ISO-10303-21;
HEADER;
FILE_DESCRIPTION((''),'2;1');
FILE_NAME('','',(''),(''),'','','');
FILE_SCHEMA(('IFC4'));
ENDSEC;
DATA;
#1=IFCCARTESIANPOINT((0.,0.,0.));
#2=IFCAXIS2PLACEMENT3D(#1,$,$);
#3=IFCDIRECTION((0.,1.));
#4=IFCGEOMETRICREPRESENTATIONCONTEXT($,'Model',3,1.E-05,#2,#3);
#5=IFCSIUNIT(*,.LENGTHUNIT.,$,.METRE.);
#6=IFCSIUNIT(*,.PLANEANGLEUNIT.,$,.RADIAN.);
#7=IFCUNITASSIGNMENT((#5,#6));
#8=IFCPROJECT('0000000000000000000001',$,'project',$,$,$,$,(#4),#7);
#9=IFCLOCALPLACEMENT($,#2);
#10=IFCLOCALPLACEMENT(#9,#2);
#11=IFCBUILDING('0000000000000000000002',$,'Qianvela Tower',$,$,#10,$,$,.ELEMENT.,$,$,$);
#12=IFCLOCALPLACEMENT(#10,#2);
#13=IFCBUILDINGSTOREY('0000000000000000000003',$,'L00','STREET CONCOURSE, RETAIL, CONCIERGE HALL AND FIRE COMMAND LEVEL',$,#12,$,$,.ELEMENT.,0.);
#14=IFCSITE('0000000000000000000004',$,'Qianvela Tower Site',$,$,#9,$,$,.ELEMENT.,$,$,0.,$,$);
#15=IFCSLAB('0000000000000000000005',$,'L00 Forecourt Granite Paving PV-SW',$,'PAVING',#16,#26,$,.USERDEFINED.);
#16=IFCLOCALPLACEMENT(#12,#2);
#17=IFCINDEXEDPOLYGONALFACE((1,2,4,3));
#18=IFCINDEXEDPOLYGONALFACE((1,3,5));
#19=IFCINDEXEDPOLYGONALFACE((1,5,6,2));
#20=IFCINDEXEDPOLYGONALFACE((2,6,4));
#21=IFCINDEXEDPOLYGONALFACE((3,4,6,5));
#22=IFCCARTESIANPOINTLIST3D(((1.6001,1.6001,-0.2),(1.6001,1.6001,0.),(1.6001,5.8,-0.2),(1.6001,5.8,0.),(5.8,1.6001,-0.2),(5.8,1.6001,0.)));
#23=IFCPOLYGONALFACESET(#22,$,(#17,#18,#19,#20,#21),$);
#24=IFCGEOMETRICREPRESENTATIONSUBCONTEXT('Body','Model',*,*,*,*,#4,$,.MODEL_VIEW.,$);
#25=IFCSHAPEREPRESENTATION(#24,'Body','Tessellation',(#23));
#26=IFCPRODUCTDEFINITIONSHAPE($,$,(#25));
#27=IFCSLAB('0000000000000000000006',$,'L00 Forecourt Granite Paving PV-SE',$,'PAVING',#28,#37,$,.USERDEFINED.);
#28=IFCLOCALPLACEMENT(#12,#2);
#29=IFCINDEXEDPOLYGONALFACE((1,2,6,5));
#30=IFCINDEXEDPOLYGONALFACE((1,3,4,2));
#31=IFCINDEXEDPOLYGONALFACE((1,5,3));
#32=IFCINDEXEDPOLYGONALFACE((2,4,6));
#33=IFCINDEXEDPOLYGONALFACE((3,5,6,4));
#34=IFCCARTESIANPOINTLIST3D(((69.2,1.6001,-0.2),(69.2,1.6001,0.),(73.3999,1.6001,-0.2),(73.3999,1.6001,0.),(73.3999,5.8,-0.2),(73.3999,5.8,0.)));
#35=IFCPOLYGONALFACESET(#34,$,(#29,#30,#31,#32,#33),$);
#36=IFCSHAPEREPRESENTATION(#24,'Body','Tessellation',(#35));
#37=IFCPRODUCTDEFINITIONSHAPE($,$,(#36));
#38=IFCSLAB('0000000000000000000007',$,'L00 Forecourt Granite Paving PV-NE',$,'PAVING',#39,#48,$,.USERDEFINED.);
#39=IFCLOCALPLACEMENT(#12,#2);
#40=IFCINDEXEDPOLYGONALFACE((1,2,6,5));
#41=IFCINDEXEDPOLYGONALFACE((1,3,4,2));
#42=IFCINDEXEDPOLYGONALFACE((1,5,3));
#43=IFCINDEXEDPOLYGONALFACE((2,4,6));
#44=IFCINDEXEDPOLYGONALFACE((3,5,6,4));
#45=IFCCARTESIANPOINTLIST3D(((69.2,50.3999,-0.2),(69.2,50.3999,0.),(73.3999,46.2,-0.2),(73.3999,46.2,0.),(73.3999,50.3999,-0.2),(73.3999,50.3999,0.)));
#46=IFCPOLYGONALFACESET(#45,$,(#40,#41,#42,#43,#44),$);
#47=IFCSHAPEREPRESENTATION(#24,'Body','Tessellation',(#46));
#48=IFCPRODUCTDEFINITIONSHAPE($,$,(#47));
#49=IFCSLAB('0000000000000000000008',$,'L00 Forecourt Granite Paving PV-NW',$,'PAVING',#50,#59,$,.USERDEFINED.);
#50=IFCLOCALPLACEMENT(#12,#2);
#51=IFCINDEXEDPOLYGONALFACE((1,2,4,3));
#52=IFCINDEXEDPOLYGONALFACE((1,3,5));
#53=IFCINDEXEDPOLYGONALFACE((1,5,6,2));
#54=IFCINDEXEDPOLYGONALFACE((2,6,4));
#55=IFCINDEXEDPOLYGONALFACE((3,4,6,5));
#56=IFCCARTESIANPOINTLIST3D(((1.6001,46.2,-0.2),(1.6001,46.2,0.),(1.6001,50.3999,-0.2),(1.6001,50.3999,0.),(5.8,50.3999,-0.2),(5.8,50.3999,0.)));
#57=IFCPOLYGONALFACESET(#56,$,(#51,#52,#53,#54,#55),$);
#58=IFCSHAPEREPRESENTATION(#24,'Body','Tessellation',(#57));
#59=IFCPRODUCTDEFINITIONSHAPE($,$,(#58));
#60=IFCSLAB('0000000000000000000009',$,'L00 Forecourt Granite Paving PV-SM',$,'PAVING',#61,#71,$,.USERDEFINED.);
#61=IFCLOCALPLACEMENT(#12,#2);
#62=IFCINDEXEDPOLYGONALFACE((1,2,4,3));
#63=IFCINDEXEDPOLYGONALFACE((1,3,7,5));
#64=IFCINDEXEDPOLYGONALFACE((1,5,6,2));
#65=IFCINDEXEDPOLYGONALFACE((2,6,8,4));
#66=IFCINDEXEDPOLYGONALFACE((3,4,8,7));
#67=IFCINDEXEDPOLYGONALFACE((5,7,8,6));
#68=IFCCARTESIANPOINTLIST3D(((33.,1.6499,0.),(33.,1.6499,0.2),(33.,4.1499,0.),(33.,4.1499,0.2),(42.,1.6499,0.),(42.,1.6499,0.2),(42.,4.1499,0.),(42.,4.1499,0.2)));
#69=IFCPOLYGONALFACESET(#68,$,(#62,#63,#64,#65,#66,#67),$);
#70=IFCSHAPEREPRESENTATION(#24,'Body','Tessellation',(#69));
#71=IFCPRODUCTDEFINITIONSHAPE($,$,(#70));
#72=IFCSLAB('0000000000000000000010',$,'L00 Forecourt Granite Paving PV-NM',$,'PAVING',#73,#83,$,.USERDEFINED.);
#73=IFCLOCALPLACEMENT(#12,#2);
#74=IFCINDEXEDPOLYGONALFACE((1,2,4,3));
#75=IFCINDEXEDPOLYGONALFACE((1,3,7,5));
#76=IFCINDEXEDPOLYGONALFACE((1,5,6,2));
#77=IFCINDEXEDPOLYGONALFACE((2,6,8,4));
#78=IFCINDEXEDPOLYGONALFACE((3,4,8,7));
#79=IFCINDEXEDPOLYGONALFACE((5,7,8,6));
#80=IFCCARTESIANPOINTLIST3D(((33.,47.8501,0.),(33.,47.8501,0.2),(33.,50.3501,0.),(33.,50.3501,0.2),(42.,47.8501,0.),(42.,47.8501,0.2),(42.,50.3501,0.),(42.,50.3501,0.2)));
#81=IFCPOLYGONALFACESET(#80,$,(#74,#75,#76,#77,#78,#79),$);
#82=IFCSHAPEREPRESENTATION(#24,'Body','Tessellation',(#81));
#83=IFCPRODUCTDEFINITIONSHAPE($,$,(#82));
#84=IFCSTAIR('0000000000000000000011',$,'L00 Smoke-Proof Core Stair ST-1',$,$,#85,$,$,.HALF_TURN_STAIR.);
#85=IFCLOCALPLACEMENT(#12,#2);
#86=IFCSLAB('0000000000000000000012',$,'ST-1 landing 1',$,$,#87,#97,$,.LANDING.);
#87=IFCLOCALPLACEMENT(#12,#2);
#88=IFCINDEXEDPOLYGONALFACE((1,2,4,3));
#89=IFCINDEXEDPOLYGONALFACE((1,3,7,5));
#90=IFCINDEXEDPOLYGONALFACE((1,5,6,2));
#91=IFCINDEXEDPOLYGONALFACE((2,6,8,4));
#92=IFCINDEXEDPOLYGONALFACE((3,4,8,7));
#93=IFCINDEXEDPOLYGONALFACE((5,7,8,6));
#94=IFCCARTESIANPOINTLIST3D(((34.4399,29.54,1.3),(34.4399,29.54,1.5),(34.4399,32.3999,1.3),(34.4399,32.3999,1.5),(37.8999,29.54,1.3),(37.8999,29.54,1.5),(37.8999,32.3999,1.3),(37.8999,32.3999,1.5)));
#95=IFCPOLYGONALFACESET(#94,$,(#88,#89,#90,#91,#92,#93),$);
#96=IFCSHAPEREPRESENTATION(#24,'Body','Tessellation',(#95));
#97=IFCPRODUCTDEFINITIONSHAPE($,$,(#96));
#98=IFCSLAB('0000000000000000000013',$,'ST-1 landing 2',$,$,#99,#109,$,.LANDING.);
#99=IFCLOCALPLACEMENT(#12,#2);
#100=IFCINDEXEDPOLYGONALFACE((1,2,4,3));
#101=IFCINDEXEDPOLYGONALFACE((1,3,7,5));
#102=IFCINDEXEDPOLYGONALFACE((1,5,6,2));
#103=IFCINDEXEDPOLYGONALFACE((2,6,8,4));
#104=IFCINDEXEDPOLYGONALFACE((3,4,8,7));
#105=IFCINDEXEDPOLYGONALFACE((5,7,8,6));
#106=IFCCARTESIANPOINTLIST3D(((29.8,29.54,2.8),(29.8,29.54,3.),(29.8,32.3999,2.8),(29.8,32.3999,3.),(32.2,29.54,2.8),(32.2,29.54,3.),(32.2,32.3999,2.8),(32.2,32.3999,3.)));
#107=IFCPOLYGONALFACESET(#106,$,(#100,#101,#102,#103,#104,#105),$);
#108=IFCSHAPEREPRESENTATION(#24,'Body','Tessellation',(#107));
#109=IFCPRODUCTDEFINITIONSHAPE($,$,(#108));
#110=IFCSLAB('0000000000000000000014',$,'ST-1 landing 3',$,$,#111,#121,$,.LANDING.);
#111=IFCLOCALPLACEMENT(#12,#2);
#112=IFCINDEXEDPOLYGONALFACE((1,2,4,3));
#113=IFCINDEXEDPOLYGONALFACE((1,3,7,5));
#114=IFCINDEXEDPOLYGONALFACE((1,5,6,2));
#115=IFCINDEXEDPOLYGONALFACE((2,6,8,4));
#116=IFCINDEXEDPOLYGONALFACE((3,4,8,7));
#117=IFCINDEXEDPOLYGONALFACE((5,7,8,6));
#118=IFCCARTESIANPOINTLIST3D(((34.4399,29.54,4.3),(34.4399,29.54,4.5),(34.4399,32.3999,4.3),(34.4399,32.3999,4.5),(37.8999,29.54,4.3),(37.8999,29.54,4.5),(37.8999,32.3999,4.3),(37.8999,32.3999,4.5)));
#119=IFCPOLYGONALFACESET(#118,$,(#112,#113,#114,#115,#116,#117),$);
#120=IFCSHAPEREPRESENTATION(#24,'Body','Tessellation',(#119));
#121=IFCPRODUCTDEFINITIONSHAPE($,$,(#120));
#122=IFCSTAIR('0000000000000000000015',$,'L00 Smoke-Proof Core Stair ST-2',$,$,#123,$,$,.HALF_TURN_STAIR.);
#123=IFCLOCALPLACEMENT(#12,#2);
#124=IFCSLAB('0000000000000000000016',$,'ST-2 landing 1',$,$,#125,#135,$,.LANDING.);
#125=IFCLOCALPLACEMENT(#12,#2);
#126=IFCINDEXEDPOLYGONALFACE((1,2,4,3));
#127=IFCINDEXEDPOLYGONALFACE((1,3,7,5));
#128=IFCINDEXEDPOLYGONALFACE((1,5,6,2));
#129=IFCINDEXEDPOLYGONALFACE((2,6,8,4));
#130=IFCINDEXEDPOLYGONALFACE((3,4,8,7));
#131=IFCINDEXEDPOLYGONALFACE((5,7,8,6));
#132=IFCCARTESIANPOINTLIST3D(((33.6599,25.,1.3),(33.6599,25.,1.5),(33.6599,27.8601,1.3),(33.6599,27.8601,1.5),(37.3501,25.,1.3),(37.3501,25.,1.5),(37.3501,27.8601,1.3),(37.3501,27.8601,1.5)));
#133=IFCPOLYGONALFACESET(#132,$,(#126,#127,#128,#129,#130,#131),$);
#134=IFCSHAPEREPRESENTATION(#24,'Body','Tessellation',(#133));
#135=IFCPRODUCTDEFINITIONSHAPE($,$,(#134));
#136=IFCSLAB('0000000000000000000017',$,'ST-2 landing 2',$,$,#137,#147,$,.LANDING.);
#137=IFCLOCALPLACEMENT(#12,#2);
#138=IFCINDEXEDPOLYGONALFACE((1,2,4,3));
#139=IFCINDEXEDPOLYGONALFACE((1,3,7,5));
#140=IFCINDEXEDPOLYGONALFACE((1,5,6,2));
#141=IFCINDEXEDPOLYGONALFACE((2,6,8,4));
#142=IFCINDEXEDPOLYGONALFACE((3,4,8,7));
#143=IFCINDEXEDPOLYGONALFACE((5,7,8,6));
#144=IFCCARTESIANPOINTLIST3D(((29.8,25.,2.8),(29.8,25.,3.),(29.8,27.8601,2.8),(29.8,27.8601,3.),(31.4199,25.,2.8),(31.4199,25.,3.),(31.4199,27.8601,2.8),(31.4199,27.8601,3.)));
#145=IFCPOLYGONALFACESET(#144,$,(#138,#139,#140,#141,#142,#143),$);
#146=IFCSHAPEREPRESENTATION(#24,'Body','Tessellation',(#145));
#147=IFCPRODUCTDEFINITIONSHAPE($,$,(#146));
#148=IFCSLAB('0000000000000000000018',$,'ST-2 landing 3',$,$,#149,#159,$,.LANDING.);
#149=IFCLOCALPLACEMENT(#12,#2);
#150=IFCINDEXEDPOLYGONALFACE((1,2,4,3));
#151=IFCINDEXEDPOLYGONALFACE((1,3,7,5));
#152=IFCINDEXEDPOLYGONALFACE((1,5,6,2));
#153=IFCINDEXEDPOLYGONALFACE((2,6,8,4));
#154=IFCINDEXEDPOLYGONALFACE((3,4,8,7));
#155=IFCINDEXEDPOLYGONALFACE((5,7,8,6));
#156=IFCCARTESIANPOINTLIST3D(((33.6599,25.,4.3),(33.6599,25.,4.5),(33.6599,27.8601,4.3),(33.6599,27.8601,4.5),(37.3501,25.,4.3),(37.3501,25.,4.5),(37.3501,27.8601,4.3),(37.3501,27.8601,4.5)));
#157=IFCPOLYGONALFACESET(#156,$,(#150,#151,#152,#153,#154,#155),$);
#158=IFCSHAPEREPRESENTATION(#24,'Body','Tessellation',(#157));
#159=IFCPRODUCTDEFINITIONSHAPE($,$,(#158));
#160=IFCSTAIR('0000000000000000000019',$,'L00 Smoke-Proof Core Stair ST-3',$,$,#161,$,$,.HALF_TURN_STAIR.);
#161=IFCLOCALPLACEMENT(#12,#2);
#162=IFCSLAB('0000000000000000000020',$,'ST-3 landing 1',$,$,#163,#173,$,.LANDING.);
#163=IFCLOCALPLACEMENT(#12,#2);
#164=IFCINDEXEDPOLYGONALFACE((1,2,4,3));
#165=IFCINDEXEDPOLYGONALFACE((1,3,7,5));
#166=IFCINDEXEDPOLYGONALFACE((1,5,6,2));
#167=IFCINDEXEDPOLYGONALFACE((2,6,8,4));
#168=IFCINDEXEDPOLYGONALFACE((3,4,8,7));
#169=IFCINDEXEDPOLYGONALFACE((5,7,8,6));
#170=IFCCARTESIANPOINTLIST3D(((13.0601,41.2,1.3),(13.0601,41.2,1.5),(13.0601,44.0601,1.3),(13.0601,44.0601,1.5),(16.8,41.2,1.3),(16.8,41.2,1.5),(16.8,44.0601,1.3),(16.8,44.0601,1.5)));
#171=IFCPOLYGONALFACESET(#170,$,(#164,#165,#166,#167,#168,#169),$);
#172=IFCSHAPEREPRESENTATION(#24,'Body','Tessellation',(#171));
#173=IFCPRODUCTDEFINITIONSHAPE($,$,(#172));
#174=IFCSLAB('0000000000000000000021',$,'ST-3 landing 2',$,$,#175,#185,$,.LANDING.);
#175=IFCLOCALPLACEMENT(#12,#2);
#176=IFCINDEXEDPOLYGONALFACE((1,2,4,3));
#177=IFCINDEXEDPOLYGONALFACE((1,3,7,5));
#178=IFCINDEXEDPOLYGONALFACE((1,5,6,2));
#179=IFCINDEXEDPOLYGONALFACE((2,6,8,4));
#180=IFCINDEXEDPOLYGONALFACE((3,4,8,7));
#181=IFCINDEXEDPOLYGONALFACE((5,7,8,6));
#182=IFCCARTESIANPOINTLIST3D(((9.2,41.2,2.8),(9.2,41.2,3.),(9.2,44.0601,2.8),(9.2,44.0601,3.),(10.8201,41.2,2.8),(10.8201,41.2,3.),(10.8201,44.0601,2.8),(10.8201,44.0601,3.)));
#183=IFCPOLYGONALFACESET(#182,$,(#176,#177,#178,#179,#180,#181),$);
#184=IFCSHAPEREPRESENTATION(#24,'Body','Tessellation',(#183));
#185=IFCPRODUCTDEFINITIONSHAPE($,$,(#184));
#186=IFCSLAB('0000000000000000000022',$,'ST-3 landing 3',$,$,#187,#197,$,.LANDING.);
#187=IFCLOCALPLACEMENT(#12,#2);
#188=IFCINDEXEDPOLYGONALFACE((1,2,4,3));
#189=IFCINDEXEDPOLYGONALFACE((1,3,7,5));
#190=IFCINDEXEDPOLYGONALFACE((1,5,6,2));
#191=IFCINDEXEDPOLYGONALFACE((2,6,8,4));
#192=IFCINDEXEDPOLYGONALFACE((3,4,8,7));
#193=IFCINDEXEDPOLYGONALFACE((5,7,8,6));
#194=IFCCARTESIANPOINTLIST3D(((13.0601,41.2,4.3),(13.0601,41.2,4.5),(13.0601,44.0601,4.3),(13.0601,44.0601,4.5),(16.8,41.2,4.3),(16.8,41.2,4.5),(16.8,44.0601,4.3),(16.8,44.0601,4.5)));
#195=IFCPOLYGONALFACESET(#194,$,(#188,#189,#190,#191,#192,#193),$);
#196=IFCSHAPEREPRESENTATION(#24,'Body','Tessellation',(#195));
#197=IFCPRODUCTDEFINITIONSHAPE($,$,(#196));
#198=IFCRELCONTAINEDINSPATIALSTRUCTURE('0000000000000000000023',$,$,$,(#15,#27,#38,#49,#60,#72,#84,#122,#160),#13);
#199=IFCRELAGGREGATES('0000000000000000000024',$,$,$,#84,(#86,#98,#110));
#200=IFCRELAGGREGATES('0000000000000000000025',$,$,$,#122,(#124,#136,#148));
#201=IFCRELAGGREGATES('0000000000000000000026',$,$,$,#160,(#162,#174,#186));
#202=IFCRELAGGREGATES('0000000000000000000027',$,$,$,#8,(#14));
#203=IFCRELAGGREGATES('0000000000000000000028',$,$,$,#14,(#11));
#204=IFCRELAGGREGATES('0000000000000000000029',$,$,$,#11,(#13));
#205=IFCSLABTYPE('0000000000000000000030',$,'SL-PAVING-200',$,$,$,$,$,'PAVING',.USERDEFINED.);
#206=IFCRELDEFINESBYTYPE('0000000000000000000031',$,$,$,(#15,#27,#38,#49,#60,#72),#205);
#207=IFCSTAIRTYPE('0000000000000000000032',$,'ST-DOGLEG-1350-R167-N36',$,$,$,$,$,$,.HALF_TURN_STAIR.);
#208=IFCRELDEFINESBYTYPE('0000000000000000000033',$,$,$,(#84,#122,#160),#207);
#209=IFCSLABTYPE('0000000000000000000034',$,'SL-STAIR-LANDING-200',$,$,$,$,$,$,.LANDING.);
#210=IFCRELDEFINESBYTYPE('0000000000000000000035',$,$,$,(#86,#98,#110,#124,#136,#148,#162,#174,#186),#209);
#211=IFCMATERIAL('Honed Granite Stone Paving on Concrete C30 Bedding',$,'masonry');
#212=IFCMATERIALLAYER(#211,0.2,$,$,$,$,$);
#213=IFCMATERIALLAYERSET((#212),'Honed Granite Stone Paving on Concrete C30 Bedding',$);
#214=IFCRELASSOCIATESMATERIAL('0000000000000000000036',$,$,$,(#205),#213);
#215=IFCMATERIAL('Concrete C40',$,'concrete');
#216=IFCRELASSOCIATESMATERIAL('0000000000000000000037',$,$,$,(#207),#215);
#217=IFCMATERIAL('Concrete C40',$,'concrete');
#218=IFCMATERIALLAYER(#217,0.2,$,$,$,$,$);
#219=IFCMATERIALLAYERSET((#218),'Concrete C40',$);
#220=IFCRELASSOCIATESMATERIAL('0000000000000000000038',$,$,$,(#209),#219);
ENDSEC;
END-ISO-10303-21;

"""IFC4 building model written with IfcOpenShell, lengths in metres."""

from ifc_helpers import new_model, si_unit, direction, frame, origin, place, context, subcontext, project, spatial, polyline, outline, extrude, material, layer, layer_set, type_object, element, aggregate, save


model = new_model("IFC4")

# Units and contexts
model_context = context("Model", 3, precision=1e-05, world=origin(), true_north=direction((0.0, 1.0)))
body_context = subcontext(model_context, "Body", "Model", "MODEL_VIEW")
ifc_project = project(units=[si_unit("LENGTHUNIT", "METRE"), si_unit("PLANEANGLEUNIT", "RADIAN")], contexts=[model_context])

# Site, building, storey
site_placement = place(None, origin())
site = spatial("IfcSite", under=ifc_project, at=site_placement, Name="Qianvela Tower Site", CompositionType="ELEMENT", RefElevation=0.0)
building_placement = place(site_placement, origin())
building = spatial("IfcBuilding", under=site, at=building_placement, Name="Qianvela Tower", CompositionType="ELEMENT")
storey_placement = place(building_placement, origin())
storey = spatial("IfcBuildingStorey", under=building, at=storey_placement, Name="L00", Description="STREET CONCOURSE, RETAIL, CONCIERGE HALL AND FIRE COMMAND LEVEL", CompositionType="ELEMENT", Elevation=0.0)

# Slabs
ifc_material_1 = material(Name="Honed Granite Stone Paving on Concrete C30 Bedding", Category="masonry")
ifc_layer_1 = layer(ifc_material_1, 0.2)
ifc_layer_set_1 = layer_set([ifc_layer_1], Name="Honed Granite Stone Paving on Concrete C30 Bedding")
slab_type_1 = type_object("IfcSlabType", Name="SL-PAVING-200", ElementType="PAVING", PredefinedType="USERDEFINED", material=ifc_layer_set_1)
slab_1_placement = place(storey_placement, frame((0.0, 0.0, -0.2)))
element("IfcSlab", 1, at=slab_1_placement, inside=storey, type_object=slab_type_1, Name="L00 Forecourt Granite Paving PV-SW", ObjectType="PAVING", PredefinedType="USERDEFINED", context=body_context, shape_type="SweptSolid", body=[
    extrude(outline(polyline([(1.6001, 1.6001), (5.8, 1.6001), (1.6001, 5.8), (1.6001, 1.6001)])), origin(), (0.0, 0.0, 1.0), 0.2),
])
slab_2_placement = place(storey_placement, frame((0.0, 0.0, -0.2)))
element("IfcSlab", 2, at=slab_2_placement, inside=storey, type_object=slab_type_1, Name="L00 Forecourt Granite Paving PV-SE", ObjectType="PAVING", PredefinedType="USERDEFINED", context=body_context, shape_type="SweptSolid", body=[
    extrude(outline(polyline([(69.2, 1.6001), (73.3999, 1.6001), (73.3999, 5.8), (69.2, 1.6001)])), origin(), (0.0, 0.0, 1.0), 0.2),
])
slab_3_placement = place(storey_placement, frame((0.0, 0.0, -0.2)))
element("IfcSlab", 3, at=slab_3_placement, inside=storey, type_object=slab_type_1, Name="L00 Forecourt Granite Paving PV-NE", ObjectType="PAVING", PredefinedType="USERDEFINED", context=body_context, shape_type="SweptSolid", body=[
    extrude(outline(polyline([(69.2, 50.3999), (73.3999, 46.2), (73.3999, 50.3999), (69.2, 50.3999)])), origin(), (0.0, 0.0, 1.0), 0.2),
])
slab_4_placement = place(storey_placement, frame((0.0, 0.0, -0.2)))
element("IfcSlab", 4, at=slab_4_placement, inside=storey, type_object=slab_type_1, Name="L00 Forecourt Granite Paving PV-NW", ObjectType="PAVING", PredefinedType="USERDEFINED", context=body_context, shape_type="SweptSolid", body=[
    extrude(outline(polyline([(1.6001, 46.2), (5.8, 50.3999), (1.6001, 50.3999), (1.6001, 46.2)])), origin(), (0.0, 0.0, 1.0), 0.2),
])
slab_5_placement = place(storey_placement, origin())
element("IfcSlab", 5, at=slab_5_placement, inside=storey, type_object=slab_type_1, Name="L00 Forecourt Granite Paving PV-SM", ObjectType="PAVING", PredefinedType="USERDEFINED", context=body_context, shape_type="SweptSolid", body=[
    extrude(outline(polyline([(33.0, 1.6499), (42.0, 1.6499), (42.0, 4.1499), (33.0, 4.1499), (33.0, 1.6499)])), origin(), (0.0, 0.0, 1.0), 0.2),
])
slab_6_placement = place(storey_placement, origin())
element("IfcSlab", 6, at=slab_6_placement, inside=storey, type_object=slab_type_1, Name="L00 Forecourt Granite Paving PV-NM", ObjectType="PAVING", PredefinedType="USERDEFINED", context=body_context, shape_type="SweptSolid", body=[
    extrude(outline(polyline([(33.0, 47.8501), (42.0, 47.8501), (42.0, 50.3501), (33.0, 50.3501), (33.0, 47.8501)])), origin(), (0.0, 0.0, 1.0), 0.2),
])

# Stairs, slabs
ifc_material_2 = material(Name="Concrete C40", Category="concrete")
stair_type = type_object("IfcStairType", Name="ST-DOGLEG-1350-R167-N36", PredefinedType="HALF_TURN_STAIR", material=ifc_material_2)
stair_1_placement = place(storey_placement, origin())
stair_1 = element("IfcStair", 7, at=stair_1_placement, inside=storey, type_object=stair_type, Name="L00 Smoke-Proof Core Stair ST-1", PredefinedType="HALF_TURN_STAIR")
ifc_material_3 = material(Name="Concrete C40", Category="concrete")
ifc_layer_2 = layer(ifc_material_3, 0.2)
ifc_layer_set_2 = layer_set([ifc_layer_2], Name="Concrete C40")
slab_type_2 = type_object("IfcSlabType", Name="SL-STAIR-LANDING-200", PredefinedType="LANDING", material=ifc_layer_set_2)
slab_7_placement = place(storey_placement, frame((0.0, 0.0, 1.3)))
slab_7 = element("IfcSlab", 8, at=slab_7_placement, type_object=slab_type_2, Name="ST-1 landing 1", PredefinedType="LANDING", context=body_context, shape_type="SweptSolid", body=[
    extrude(outline(polyline([(34.4399, 29.54), (37.8999, 29.54), (37.8999, 32.3999), (34.4399, 32.3999), (34.4399, 29.54)])), origin(), (0.0, 0.0, 1.0), 0.2),
])
slab_8_placement = place(storey_placement, frame((0.0, 0.0, 2.8)))
slab_8 = element("IfcSlab", 9, at=slab_8_placement, type_object=slab_type_2, Name="ST-1 landing 2", PredefinedType="LANDING", context=body_context, shape_type="SweptSolid", body=[
    extrude(outline(polyline([(29.8, 29.54), (32.2, 29.54), (32.2, 32.3999), (29.8, 32.3999), (29.8, 29.54)])), origin(), (0.0, 0.0, 1.0), 0.2),
])
slab_9_placement = place(storey_placement, frame((0.0, 0.0, 4.3)))
slab_9 = element("IfcSlab", 10, at=slab_9_placement, type_object=slab_type_2, Name="ST-1 landing 3", PredefinedType="LANDING", context=body_context, shape_type="SweptSolid", body=[
    extrude(outline(polyline([(34.4399, 29.54), (37.8999, 29.54), (37.8999, 32.3999), (34.4399, 32.3999), (34.4399, 29.54)])), origin(), (0.0, 0.0, 1.0), 0.2),
])
aggregate(stair_1, [slab_7, slab_8, slab_9])
stair_2_placement = place(storey_placement, origin())
stair_2 = element("IfcStair", 11, at=stair_2_placement, inside=storey, type_object=stair_type, Name="L00 Smoke-Proof Core Stair ST-2", PredefinedType="HALF_TURN_STAIR")
slab_10_placement = place(storey_placement, frame((0.0, 0.0, 1.3)))
slab_10 = element("IfcSlab", 12, at=slab_10_placement, type_object=slab_type_2, Name="ST-2 landing 1", PredefinedType="LANDING", context=body_context, shape_type="SweptSolid", body=[
    extrude(outline(polyline([(33.6599, 25.0), (37.3501, 25.0), (37.3501, 27.8601), (33.6599, 27.8601), (33.6599, 25.0)])), origin(), (0.0, 0.0, 1.0), 0.2),
])
slab_11_placement = place(storey_placement, frame((0.0, 0.0, 2.8)))
slab_11 = element("IfcSlab", 13, at=slab_11_placement, type_object=slab_type_2, Name="ST-2 landing 2", PredefinedType="LANDING", context=body_context, shape_type="SweptSolid", body=[
    extrude(outline(polyline([(29.8, 25.0), (31.4199, 25.0), (31.4199, 27.8601), (29.8, 27.8601), (29.8, 25.0)])), origin(), (0.0, 0.0, 1.0), 0.2),
])
slab_12_placement = place(storey_placement, frame((0.0, 0.0, 4.3)))
slab_12 = element("IfcSlab", 14, at=slab_12_placement, type_object=slab_type_2, Name="ST-2 landing 3", PredefinedType="LANDING", context=body_context, shape_type="SweptSolid", body=[
    extrude(outline(polyline([(33.6599, 25.0), (37.3501, 25.0), (37.3501, 27.8601), (33.6599, 27.8601), (33.6599, 25.0)])), origin(), (0.0, 0.0, 1.0), 0.2),
])
aggregate(stair_2, [slab_10, slab_11, slab_12])
stair_3_placement = place(storey_placement, origin())
stair_3 = element("IfcStair", 15, at=stair_3_placement, inside=storey, type_object=stair_type, Name="L00 Smoke-Proof Core Stair ST-3", PredefinedType="HALF_TURN_STAIR")
slab_13_placement = place(storey_placement, frame((0.0, 0.0, 1.3)))
slab_13 = element("IfcSlab", 16, at=slab_13_placement, type_object=slab_type_2, Name="ST-3 landing 1", PredefinedType="LANDING", context=body_context, shape_type="SweptSolid", body=[
    extrude(outline(polyline([(13.0601, 41.2), (16.8, 41.2), (16.8, 44.0601), (13.0601, 44.0601), (13.0601, 41.2)])), origin(), (0.0, 0.0, 1.0), 0.2),
])
slab_14_placement = place(storey_placement, frame((0.0, 0.0, 2.8)))
slab_14 = element("IfcSlab", 17, at=slab_14_placement, type_object=slab_type_2, Name="ST-3 landing 2", PredefinedType="LANDING", context=body_context, shape_type="SweptSolid", body=[
    extrude(outline(polyline([(9.2, 41.2), (10.8201, 41.2), (10.8201, 44.0601), (9.2, 44.0601), (9.2, 41.2)])), origin(), (0.0, 0.0, 1.0), 0.2),
])
slab_15_placement = place(storey_placement, frame((0.0, 0.0, 4.3)))
slab_15 = element("IfcSlab", 18, at=slab_15_placement, type_object=slab_type_2, Name="ST-3 landing 3", PredefinedType="LANDING", context=body_context, shape_type="SweptSolid", body=[
    extrude(outline(polyline([(13.0601, 41.2), (16.8, 41.2), (16.8, 44.0601), (13.0601, 44.0601), (13.0601, 41.2)])), origin(), (0.0, 0.0, 1.0), 0.2),
])
aggregate(stair_3, [slab_13, slab_14, slab_15])

save(model, "model.ifc")
